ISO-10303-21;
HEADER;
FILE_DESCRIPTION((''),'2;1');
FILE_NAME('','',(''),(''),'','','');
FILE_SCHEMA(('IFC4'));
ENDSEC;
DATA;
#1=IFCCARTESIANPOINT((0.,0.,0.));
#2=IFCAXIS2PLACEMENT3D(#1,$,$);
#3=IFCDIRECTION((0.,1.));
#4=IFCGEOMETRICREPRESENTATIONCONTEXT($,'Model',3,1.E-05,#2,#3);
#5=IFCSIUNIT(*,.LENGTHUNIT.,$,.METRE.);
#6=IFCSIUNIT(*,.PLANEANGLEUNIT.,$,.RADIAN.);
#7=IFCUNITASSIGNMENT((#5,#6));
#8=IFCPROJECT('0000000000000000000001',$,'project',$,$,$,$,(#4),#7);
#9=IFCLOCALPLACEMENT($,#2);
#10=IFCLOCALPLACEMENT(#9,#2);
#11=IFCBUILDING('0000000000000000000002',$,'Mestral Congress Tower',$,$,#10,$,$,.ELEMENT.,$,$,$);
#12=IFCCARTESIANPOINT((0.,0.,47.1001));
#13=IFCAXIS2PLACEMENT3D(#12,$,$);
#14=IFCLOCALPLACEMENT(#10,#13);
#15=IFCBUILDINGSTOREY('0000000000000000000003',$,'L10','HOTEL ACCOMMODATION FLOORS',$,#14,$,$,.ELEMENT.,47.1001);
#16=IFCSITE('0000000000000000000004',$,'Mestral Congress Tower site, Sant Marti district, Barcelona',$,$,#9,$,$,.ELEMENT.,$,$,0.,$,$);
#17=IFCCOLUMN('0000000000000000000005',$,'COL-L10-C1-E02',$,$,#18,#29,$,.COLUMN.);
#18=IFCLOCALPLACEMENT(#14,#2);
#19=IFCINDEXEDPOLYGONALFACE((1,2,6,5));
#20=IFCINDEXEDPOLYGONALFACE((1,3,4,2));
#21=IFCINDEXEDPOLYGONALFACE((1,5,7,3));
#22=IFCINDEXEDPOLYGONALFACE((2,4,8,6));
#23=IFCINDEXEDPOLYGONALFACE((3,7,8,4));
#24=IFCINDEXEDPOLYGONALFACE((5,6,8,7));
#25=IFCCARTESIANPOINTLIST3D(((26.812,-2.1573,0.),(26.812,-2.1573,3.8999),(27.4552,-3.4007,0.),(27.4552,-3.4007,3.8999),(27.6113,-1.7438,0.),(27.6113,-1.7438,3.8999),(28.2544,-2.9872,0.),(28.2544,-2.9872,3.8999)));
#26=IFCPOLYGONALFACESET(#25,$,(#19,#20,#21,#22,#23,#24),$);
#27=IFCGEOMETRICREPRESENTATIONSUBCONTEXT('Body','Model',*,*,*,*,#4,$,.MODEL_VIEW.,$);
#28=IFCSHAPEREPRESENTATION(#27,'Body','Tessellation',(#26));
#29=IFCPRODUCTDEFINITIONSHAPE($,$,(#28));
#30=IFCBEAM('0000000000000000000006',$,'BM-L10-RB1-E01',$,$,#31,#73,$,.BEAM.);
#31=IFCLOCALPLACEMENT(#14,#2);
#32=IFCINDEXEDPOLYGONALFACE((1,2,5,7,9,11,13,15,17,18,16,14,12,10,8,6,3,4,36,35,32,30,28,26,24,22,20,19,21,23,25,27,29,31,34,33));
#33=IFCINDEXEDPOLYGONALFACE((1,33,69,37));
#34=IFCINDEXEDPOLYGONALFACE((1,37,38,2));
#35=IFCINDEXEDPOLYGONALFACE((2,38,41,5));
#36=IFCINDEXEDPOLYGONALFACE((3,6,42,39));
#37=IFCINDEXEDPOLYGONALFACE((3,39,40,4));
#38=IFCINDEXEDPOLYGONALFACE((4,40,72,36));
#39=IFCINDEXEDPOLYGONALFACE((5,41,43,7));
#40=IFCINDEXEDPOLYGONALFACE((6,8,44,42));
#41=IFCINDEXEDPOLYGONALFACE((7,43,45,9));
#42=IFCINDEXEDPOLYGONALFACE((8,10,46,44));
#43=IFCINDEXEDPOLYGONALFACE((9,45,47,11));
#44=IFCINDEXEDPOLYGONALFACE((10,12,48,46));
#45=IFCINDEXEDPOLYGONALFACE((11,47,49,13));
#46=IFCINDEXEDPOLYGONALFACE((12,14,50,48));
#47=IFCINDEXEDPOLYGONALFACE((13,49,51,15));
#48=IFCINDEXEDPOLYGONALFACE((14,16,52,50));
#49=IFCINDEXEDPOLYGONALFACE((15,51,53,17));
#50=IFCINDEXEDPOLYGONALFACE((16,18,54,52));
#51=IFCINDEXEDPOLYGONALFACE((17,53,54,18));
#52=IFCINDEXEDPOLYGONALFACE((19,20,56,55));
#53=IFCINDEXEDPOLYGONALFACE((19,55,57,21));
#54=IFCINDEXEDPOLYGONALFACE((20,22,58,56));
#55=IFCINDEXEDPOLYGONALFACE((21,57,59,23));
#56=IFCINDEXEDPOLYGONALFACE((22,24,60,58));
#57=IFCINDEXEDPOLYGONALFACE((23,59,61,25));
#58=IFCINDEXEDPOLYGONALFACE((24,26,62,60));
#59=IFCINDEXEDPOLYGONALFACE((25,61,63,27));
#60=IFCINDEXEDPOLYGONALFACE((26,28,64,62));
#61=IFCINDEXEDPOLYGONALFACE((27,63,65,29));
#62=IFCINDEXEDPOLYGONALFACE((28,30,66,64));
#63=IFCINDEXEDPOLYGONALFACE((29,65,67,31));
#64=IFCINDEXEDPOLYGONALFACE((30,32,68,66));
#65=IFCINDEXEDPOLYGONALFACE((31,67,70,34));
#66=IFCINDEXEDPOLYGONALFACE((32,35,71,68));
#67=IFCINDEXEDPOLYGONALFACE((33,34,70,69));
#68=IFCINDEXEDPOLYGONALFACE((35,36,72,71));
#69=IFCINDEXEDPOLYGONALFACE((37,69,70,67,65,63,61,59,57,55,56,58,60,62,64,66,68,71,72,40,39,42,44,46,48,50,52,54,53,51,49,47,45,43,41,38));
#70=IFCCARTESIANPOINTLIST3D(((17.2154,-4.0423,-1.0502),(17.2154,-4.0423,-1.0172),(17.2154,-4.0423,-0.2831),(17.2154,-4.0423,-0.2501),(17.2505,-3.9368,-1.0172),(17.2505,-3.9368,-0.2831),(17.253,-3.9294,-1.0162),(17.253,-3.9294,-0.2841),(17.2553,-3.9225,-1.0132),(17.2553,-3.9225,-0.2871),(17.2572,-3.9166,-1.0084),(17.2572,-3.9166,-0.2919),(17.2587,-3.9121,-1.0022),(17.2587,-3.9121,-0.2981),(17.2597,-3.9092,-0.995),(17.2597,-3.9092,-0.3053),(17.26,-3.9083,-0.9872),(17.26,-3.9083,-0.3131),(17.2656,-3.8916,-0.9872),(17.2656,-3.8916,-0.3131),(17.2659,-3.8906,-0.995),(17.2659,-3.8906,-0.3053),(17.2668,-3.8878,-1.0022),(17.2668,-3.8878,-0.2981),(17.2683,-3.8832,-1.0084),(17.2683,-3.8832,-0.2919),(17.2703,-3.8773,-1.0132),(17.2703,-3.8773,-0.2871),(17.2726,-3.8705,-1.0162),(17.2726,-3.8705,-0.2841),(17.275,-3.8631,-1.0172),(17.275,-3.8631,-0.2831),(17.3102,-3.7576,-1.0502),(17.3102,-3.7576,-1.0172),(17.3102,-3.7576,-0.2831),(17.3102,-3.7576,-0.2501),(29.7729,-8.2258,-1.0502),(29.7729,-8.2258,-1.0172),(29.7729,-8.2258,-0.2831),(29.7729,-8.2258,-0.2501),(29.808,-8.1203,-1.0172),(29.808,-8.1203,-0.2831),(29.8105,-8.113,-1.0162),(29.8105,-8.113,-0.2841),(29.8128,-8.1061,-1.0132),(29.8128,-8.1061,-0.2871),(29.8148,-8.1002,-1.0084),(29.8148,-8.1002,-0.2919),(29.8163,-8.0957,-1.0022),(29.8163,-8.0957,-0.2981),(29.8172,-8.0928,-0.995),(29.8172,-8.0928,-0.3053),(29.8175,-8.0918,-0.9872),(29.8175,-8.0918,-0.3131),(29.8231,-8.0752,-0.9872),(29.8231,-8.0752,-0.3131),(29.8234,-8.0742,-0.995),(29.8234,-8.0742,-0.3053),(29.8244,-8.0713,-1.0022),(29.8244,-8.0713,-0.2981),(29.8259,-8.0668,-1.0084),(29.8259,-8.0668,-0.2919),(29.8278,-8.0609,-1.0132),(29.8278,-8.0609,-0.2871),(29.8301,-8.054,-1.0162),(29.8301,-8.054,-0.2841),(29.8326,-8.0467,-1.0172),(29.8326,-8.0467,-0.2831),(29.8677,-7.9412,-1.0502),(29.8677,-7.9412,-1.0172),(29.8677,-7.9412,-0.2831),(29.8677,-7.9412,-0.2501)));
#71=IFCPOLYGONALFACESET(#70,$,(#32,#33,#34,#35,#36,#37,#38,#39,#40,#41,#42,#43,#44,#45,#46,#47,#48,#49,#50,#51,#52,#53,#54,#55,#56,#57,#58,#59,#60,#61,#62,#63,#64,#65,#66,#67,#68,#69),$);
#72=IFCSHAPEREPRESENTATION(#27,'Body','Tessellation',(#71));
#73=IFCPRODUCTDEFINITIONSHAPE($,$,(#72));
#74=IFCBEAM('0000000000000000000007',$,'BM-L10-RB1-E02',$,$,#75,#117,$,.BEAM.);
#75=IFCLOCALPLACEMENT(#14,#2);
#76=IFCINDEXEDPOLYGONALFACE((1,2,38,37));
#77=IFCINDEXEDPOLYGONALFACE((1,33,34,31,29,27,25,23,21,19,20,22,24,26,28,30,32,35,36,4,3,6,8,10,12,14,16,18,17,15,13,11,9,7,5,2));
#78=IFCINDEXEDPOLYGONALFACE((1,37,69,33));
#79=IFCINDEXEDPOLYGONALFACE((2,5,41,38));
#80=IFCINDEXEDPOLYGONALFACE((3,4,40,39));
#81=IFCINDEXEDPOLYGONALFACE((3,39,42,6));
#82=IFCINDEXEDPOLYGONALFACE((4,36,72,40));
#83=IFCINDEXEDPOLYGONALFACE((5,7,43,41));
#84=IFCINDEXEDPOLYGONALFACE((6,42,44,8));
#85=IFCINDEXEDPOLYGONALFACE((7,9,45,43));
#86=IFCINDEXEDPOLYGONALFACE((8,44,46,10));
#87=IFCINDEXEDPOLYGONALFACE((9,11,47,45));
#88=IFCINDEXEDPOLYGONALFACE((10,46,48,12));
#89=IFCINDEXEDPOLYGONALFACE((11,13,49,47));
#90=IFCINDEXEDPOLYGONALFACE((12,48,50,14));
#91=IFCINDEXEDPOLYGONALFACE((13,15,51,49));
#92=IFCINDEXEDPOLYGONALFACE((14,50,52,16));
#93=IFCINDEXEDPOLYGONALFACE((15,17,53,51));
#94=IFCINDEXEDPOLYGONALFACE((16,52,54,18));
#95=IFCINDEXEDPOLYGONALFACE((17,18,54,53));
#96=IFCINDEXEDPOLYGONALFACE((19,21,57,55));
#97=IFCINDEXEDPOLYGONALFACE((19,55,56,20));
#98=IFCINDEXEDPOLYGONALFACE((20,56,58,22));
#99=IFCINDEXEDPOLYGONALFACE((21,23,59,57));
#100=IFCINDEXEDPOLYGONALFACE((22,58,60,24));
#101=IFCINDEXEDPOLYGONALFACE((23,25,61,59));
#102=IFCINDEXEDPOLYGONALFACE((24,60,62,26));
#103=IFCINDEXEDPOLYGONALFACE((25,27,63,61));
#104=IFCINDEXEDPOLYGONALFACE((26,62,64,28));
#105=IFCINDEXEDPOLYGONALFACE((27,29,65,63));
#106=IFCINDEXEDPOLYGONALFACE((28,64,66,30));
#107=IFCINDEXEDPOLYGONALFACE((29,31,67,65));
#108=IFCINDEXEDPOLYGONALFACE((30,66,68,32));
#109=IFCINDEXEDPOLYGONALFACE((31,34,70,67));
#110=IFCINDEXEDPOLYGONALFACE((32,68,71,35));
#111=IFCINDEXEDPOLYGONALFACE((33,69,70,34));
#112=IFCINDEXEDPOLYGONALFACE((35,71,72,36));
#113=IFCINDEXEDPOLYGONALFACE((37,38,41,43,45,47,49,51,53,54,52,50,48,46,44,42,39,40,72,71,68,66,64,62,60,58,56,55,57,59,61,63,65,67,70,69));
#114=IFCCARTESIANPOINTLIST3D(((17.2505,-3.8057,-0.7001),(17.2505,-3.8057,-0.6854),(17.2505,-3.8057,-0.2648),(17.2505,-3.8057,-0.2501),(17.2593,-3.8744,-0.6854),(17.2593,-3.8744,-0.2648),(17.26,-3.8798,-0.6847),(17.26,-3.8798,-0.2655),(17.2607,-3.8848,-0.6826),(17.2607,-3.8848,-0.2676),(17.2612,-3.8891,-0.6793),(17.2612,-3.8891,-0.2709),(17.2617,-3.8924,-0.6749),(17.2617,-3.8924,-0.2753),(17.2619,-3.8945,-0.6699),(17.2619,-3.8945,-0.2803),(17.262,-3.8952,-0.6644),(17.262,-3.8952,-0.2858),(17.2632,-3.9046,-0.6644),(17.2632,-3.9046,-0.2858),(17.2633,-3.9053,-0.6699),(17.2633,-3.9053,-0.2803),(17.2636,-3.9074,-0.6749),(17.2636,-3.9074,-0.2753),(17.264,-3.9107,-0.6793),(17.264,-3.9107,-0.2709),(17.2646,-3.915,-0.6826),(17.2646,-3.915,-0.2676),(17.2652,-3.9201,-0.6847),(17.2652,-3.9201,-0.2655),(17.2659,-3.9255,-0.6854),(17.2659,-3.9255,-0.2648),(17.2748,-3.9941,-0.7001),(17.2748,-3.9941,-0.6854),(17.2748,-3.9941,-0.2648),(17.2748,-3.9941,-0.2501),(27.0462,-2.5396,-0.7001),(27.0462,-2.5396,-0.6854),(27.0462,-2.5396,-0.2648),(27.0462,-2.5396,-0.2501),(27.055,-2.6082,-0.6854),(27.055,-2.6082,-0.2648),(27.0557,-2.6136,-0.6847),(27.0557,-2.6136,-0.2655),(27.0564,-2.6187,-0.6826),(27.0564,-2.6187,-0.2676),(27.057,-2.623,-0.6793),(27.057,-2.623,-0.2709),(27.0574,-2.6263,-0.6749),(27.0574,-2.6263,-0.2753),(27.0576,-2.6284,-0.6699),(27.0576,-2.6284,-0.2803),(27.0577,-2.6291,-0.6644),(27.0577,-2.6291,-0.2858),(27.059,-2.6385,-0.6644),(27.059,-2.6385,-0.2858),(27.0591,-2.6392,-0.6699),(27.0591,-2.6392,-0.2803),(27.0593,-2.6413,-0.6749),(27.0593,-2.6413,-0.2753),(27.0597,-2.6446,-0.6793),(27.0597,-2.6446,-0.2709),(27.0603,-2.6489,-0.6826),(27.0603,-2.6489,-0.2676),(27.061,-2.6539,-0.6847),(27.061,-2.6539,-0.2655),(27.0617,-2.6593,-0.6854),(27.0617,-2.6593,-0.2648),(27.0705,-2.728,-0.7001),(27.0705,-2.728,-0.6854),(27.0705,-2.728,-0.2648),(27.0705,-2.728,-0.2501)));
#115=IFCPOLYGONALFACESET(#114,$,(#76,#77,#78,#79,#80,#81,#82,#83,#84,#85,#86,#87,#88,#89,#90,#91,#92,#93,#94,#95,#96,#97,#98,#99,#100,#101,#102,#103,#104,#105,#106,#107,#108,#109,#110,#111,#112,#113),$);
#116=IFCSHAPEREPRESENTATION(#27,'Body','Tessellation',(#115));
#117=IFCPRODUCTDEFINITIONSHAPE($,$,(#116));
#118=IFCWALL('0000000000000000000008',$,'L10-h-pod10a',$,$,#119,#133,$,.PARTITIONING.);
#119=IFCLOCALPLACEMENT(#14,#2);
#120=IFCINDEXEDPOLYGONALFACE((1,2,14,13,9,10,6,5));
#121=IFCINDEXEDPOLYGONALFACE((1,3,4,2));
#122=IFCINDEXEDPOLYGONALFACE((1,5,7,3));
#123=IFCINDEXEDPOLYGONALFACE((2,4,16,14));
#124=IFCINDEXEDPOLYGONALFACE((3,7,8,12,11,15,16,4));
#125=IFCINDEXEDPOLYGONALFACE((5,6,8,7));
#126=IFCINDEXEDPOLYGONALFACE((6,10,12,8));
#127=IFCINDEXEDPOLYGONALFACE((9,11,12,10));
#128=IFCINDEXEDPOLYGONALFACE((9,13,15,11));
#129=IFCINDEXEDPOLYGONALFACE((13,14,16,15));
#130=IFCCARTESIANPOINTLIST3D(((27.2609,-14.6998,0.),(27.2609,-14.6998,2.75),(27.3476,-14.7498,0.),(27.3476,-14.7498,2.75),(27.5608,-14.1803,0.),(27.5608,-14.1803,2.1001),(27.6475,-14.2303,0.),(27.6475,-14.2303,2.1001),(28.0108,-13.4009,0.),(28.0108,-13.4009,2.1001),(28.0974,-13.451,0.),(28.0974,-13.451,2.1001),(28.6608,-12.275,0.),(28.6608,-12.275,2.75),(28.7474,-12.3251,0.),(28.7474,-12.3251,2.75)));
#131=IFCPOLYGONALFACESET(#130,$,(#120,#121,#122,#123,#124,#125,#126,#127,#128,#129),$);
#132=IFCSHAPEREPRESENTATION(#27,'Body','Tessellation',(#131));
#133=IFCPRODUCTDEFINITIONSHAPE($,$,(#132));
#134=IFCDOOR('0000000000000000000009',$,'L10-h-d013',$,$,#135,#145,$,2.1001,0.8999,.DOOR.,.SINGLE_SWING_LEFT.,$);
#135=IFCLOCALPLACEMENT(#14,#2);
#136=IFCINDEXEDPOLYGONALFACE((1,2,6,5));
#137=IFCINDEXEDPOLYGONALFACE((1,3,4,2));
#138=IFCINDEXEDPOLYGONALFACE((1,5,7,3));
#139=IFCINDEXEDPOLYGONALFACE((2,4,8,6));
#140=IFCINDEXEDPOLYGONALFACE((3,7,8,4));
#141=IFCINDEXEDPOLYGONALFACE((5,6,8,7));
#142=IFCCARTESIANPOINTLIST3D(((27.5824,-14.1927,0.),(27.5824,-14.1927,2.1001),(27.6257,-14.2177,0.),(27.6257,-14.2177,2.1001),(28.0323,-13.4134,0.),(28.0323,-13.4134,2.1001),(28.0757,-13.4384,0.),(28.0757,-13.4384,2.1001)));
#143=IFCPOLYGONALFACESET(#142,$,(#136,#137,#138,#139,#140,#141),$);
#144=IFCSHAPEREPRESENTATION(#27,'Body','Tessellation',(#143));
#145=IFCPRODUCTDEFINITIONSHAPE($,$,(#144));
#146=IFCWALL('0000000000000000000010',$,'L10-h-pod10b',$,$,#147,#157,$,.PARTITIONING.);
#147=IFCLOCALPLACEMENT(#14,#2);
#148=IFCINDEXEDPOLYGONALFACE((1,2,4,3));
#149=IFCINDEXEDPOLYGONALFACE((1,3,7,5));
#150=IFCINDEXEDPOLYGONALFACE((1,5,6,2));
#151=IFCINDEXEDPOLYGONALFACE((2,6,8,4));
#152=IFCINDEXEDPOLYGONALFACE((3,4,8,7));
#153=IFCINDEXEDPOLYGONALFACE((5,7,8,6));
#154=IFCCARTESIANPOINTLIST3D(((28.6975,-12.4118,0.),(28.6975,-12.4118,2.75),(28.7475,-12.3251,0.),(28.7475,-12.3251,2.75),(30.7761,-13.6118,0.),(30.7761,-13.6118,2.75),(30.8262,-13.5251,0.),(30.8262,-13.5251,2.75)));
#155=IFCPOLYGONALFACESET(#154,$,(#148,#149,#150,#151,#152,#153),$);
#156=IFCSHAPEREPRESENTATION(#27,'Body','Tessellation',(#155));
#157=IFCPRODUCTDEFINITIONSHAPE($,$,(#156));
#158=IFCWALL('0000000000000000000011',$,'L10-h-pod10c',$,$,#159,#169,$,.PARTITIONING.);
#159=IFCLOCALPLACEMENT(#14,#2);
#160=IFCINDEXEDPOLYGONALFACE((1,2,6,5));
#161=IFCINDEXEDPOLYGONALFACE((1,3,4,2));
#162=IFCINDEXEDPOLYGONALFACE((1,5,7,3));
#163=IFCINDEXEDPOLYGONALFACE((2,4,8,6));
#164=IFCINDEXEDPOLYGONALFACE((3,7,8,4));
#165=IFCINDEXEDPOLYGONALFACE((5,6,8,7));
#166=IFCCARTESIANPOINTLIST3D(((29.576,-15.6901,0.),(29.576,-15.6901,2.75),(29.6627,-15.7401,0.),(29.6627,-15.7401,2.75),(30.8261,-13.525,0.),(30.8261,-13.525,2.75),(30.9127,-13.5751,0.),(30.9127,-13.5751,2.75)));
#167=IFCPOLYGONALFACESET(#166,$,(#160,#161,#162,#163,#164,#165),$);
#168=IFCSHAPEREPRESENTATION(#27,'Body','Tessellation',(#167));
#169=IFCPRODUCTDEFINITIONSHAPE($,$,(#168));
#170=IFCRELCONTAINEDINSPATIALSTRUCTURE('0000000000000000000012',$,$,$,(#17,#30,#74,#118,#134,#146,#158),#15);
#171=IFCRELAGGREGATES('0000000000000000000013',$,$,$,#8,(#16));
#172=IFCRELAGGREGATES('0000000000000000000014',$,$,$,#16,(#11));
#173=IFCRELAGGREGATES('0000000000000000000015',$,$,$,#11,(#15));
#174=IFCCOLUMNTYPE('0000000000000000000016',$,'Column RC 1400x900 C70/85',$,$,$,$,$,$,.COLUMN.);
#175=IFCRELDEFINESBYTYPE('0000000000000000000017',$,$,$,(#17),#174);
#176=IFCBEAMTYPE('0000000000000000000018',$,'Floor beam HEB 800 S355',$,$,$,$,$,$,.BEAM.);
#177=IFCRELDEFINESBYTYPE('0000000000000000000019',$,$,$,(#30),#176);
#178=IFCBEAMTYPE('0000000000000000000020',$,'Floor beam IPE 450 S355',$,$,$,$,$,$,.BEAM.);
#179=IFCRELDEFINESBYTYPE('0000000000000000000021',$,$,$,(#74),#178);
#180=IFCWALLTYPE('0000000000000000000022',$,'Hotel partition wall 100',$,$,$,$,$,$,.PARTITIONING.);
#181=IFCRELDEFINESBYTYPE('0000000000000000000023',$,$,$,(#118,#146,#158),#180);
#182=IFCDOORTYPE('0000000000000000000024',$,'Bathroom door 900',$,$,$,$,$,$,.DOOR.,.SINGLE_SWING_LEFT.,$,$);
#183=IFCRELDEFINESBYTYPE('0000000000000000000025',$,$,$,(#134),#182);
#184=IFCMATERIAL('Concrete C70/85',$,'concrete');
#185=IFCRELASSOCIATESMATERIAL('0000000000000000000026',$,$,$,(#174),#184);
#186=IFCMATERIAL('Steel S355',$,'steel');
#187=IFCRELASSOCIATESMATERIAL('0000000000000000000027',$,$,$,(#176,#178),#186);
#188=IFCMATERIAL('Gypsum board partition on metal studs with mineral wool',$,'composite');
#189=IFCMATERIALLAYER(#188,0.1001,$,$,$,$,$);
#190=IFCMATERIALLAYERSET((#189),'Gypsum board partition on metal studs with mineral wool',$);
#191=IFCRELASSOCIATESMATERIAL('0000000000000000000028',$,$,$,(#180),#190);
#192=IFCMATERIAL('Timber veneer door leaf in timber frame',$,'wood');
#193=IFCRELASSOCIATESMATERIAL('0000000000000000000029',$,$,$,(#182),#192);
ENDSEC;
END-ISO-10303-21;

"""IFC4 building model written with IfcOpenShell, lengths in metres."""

from ifc_helpers import new_model, si_unit, direction, frame, frame_2d, origin, origin_2d, place, context, subcontext, project, spatial, rectangle, i_section, extrude, material, layer, layer_set, material_profile, profile_set, type_object, element, fill, save


model = new_model("IFC4")

# Units and contexts
model_context = context("Model", 3, precision=1e-05, world=origin(), true_north=direction((0.0, 1.0)))
body_context = subcontext(model_context, "Body", "Model", "MODEL_VIEW")
ifc_project = project(units=[si_unit("LENGTHUNIT", "METRE"), si_unit("PLANEANGLEUNIT", "RADIAN")], contexts=[model_context])

# Site, building, storey
site_placement = place(None, origin())
site = spatial("IfcSite", under=ifc_project, at=site_placement, Name="Mestral Congress Tower site, Sant Marti district, Barcelona", CompositionType="ELEMENT", RefElevation=0.0)
building_placement = place(site_placement, origin())
building = spatial("IfcBuilding", under=site, at=building_placement, Name="Mestral Congress Tower", CompositionType="ELEMENT")
storey_placement = place(building_placement, frame((0.0, 0.0, 47.1001)))
storey = spatial("IfcBuildingStorey", under=building, at=storey_placement, Name="L10", Description="HOTEL ACCOMMODATION FLOORS", CompositionType="ELEMENT", Elevation=47.1001)

# Column
ifc_material_1 = material(Name="Concrete C70/85", Category="concrete")
ifc_material_profile_1 = material_profile(ifc_material_1, rectangle(XDim=1.3999, YDim=0.8999, at=origin_2d()), Name="RC 1400x900")
ifc_profile_set_1 = profile_set([ifc_material_profile_1], Name="Concrete C70/85")
column_type = type_object("IfcColumnType", Name="Column RC 1400x900 C70/85", PredefinedType="COLUMN", material=ifc_profile_set_1)
column_placement = place(storey_placement, frame((27.5332, -2.5723, 0.0), z_axis=(0.0, 0.0, 1.0), x_axis=(-0.459456, 0.888201, 0.0)))
element("IfcColumn", 1, at=column_placement, inside=storey, type_object=column_type, Name="COL-L10-C1-E02", PredefinedType="COLUMN", context=body_context, shape_type="SweptSolid", body=[
    extrude(rectangle(XDim=1.3999, YDim=0.8999, at=origin_2d()), origin(), (0.0, 0.0, 1.0), 3.8999),
])

# Beams
ifc_material_2 = material(Name="Steel S355", Category="steel")
ifc_material_profile_2 = material_profile(ifc_material_2, i_section(OverallWidth=0.3, OverallDepth=0.8, WebThickness=0.0176, FlangeThickness=0.033, FilletRadius=0.03, at=origin_2d()), Name="HEB 800")
ifc_profile_set_2 = profile_set([ifc_material_profile_2], Name="Steel S355")
beam_type_1 = type_object("IfcBeamType", Name="Floor beam HEB 800 S355", PredefinedType="BEAM", material=ifc_profile_set_2)
beam_1_placement = place(storey_placement, frame((29.8203, -8.0835, -0.6501), z_axis=(-0.948735, 0.316073, 0.0), x_axis=(-0.316073, -0.948735, 0.0)))
element("IfcBeam", 2, at=beam_1_placement, inside=storey, type_object=beam_type_1, Name="BM-L10-RB1-E01", PredefinedType="BEAM", context=body_context, shape_type="SweptSolid", body=[
    extrude(i_section(OverallWidth=0.3, OverallDepth=0.8, WebThickness=0.0176, FlangeThickness=0.033, FilletRadius=0.03, at=origin_2d()), origin(), (0.0, 0.0, 1.0), 13.2361),
])
ifc_material_profile_3 = material_profile(ifc_material_2, i_section(OverallWidth=0.1899, OverallDepth=0.45, WebThickness=0.0095, FlangeThickness=0.0146, FilletRadius=0.021, at=origin_2d()), Name="IPE 450")
ifc_profile_set_3 = profile_set([ifc_material_profile_3], Name="Steel S355")
beam_type_2 = type_object("IfcBeamType", Name="Floor beam IPE 450 S355", PredefinedType="BEAM", material=ifc_profile_set_3)
beam_2_placement = place(storey_placement, frame((27.0583, -2.6338, -0.4751), z_axis=(-0.99175, -0.128186, 0.0), x_axis=(0.128186, -0.99175, 0.0)))
element("IfcBeam", 3, at=beam_2_placement, inside=storey, type_object=beam_type_2, Name="BM-L10-RB1-E02", PredefinedType="BEAM", context=body_context, shape_type="SweptSolid", body=[
    extrude(i_section(OverallWidth=0.1899, OverallDepth=0.45, WebThickness=0.0095, FlangeThickness=0.0146, FilletRadius=0.021, at=origin_2d()), origin(), (0.0, 0.0, 1.0), 9.8772),
])

# Wall, opening, door
ifc_material_3 = material(Name="Gypsum board partition on metal studs with mineral wool", Category="composite")
ifc_layer_1 = layer(ifc_material_3, 0.1001)
ifc_layer_set_1 = layer_set([ifc_layer_1], Name="Gypsum board partition on metal studs with mineral wool")
wall_type_1 = type_object("IfcWallType", Name="Hotel partition wall 100", PredefinedType="PARTITIONING", material=ifc_layer_set_1)
wall_1_placement = place(storey_placement, frame((28.7041, -12.3, 0.0), z_axis=(0.0, 0.0, 1.0), x_axis=(-0.499984, -0.866035, 0.0)))
wall_1 = element("IfcWall", 4, at=wall_1_placement, inside=storey, type_object=wall_type_1, Name="L10-h-pod10a", PredefinedType="PARTITIONING", context=body_context, shape_type="SweptSolid", body=[
    extrude(rectangle(XDim=2.7998, YDim=0.1001, at=frame_2d((1.3999, 0.0))), origin(), (0.0, 0.0, 1.0), 2.75),
])
opening_1_placement = place(wall_1_placement, frame((1.3, 0.0, 0.0)))
opening_1 = element("IfcOpeningElement", 5, at=opening_1_placement, cuts=wall_1, PredefinedType="OPENING", context=body_context, shape_type="SweptSolid", body=[
    extrude(rectangle(XDim=0.8999, YDim=2.1001, at=frame_2d((0.45, 1.05))), frame((0.0, 0.0601, 0.0), z_axis=(0.0, -1.0, 0.0), x_axis=(1.0, 0.0, 0.0)), (0.0, 0.0, 1.0), 0.1201),
])
ifc_material_4 = material(Name="Timber veneer door leaf in timber frame", Category="wood")
door_type_1 = type_object("IfcDoorType", Name="Bathroom door 900", OperationType="SINGLE_SWING_LEFT", PredefinedType="DOOR", material=ifc_material_4)
door_1_placement = place(opening_1_placement, origin())
door_1 = element("IfcDoor", 6, at=door_1_placement, inside=storey, type_object=door_type_1, Name="L10-h-d013", OperationType="SINGLE_SWING_LEFT", OverallHeight=2.1001, OverallWidth=0.8999, PredefinedType="DOOR", context=body_context, shape_type="SweptSolid", body=[
    extrude(rectangle(XDim=0.8999, YDim=2.1001, at=frame_2d((0.45, 1.05))), frame((0.0, 0.0249, 0.0), z_axis=(0.0, -1.0, 0.0), x_axis=(1.0, 0.0, 0.0)), (0.0, 0.0, 1.0), 0.05),
])
fill(opening_1, door_1)

# Walls
wall_2_placement = place(storey_placement, frame((28.7224, -12.3684, 0.0), z_axis=(0.0, 0.0, 1.0), x_axis=(0.86605, -0.499957, 0.0)))
element("IfcWall", 7, at=wall_2_placement, inside=storey, type_object=wall_type_1, Name="L10-h-pod10b", PredefinedType="PARTITIONING", context=body_context, shape_type="SweptSolid", body=[
    extrude(rectangle(XDim=2.4001, YDim=0.1001, at=frame_2d((1.2002, 0.0))), origin(), (0.0, 0.0, 1.0), 2.75),
])
wall_3_placement = place(storey_placement, frame((29.6194, -15.7151, 0.0), z_axis=(0.0, 0.0, 1.0), x_axis=(0.500004, 0.866023, 0.0)))
element("IfcWall", 8, at=wall_3_placement, inside=storey, type_object=wall_type_1, Name="L10-h-pod10c", PredefinedType="PARTITIONING", context=body_context, shape_type="SweptSolid", body=[
    extrude(rectangle(XDim=2.5, YDim=0.1001, at=frame_2d((1.25, 0.0))), origin(), (0.0, 0.0, 1.0), 2.75),
])

save(model, "model.ifc")
